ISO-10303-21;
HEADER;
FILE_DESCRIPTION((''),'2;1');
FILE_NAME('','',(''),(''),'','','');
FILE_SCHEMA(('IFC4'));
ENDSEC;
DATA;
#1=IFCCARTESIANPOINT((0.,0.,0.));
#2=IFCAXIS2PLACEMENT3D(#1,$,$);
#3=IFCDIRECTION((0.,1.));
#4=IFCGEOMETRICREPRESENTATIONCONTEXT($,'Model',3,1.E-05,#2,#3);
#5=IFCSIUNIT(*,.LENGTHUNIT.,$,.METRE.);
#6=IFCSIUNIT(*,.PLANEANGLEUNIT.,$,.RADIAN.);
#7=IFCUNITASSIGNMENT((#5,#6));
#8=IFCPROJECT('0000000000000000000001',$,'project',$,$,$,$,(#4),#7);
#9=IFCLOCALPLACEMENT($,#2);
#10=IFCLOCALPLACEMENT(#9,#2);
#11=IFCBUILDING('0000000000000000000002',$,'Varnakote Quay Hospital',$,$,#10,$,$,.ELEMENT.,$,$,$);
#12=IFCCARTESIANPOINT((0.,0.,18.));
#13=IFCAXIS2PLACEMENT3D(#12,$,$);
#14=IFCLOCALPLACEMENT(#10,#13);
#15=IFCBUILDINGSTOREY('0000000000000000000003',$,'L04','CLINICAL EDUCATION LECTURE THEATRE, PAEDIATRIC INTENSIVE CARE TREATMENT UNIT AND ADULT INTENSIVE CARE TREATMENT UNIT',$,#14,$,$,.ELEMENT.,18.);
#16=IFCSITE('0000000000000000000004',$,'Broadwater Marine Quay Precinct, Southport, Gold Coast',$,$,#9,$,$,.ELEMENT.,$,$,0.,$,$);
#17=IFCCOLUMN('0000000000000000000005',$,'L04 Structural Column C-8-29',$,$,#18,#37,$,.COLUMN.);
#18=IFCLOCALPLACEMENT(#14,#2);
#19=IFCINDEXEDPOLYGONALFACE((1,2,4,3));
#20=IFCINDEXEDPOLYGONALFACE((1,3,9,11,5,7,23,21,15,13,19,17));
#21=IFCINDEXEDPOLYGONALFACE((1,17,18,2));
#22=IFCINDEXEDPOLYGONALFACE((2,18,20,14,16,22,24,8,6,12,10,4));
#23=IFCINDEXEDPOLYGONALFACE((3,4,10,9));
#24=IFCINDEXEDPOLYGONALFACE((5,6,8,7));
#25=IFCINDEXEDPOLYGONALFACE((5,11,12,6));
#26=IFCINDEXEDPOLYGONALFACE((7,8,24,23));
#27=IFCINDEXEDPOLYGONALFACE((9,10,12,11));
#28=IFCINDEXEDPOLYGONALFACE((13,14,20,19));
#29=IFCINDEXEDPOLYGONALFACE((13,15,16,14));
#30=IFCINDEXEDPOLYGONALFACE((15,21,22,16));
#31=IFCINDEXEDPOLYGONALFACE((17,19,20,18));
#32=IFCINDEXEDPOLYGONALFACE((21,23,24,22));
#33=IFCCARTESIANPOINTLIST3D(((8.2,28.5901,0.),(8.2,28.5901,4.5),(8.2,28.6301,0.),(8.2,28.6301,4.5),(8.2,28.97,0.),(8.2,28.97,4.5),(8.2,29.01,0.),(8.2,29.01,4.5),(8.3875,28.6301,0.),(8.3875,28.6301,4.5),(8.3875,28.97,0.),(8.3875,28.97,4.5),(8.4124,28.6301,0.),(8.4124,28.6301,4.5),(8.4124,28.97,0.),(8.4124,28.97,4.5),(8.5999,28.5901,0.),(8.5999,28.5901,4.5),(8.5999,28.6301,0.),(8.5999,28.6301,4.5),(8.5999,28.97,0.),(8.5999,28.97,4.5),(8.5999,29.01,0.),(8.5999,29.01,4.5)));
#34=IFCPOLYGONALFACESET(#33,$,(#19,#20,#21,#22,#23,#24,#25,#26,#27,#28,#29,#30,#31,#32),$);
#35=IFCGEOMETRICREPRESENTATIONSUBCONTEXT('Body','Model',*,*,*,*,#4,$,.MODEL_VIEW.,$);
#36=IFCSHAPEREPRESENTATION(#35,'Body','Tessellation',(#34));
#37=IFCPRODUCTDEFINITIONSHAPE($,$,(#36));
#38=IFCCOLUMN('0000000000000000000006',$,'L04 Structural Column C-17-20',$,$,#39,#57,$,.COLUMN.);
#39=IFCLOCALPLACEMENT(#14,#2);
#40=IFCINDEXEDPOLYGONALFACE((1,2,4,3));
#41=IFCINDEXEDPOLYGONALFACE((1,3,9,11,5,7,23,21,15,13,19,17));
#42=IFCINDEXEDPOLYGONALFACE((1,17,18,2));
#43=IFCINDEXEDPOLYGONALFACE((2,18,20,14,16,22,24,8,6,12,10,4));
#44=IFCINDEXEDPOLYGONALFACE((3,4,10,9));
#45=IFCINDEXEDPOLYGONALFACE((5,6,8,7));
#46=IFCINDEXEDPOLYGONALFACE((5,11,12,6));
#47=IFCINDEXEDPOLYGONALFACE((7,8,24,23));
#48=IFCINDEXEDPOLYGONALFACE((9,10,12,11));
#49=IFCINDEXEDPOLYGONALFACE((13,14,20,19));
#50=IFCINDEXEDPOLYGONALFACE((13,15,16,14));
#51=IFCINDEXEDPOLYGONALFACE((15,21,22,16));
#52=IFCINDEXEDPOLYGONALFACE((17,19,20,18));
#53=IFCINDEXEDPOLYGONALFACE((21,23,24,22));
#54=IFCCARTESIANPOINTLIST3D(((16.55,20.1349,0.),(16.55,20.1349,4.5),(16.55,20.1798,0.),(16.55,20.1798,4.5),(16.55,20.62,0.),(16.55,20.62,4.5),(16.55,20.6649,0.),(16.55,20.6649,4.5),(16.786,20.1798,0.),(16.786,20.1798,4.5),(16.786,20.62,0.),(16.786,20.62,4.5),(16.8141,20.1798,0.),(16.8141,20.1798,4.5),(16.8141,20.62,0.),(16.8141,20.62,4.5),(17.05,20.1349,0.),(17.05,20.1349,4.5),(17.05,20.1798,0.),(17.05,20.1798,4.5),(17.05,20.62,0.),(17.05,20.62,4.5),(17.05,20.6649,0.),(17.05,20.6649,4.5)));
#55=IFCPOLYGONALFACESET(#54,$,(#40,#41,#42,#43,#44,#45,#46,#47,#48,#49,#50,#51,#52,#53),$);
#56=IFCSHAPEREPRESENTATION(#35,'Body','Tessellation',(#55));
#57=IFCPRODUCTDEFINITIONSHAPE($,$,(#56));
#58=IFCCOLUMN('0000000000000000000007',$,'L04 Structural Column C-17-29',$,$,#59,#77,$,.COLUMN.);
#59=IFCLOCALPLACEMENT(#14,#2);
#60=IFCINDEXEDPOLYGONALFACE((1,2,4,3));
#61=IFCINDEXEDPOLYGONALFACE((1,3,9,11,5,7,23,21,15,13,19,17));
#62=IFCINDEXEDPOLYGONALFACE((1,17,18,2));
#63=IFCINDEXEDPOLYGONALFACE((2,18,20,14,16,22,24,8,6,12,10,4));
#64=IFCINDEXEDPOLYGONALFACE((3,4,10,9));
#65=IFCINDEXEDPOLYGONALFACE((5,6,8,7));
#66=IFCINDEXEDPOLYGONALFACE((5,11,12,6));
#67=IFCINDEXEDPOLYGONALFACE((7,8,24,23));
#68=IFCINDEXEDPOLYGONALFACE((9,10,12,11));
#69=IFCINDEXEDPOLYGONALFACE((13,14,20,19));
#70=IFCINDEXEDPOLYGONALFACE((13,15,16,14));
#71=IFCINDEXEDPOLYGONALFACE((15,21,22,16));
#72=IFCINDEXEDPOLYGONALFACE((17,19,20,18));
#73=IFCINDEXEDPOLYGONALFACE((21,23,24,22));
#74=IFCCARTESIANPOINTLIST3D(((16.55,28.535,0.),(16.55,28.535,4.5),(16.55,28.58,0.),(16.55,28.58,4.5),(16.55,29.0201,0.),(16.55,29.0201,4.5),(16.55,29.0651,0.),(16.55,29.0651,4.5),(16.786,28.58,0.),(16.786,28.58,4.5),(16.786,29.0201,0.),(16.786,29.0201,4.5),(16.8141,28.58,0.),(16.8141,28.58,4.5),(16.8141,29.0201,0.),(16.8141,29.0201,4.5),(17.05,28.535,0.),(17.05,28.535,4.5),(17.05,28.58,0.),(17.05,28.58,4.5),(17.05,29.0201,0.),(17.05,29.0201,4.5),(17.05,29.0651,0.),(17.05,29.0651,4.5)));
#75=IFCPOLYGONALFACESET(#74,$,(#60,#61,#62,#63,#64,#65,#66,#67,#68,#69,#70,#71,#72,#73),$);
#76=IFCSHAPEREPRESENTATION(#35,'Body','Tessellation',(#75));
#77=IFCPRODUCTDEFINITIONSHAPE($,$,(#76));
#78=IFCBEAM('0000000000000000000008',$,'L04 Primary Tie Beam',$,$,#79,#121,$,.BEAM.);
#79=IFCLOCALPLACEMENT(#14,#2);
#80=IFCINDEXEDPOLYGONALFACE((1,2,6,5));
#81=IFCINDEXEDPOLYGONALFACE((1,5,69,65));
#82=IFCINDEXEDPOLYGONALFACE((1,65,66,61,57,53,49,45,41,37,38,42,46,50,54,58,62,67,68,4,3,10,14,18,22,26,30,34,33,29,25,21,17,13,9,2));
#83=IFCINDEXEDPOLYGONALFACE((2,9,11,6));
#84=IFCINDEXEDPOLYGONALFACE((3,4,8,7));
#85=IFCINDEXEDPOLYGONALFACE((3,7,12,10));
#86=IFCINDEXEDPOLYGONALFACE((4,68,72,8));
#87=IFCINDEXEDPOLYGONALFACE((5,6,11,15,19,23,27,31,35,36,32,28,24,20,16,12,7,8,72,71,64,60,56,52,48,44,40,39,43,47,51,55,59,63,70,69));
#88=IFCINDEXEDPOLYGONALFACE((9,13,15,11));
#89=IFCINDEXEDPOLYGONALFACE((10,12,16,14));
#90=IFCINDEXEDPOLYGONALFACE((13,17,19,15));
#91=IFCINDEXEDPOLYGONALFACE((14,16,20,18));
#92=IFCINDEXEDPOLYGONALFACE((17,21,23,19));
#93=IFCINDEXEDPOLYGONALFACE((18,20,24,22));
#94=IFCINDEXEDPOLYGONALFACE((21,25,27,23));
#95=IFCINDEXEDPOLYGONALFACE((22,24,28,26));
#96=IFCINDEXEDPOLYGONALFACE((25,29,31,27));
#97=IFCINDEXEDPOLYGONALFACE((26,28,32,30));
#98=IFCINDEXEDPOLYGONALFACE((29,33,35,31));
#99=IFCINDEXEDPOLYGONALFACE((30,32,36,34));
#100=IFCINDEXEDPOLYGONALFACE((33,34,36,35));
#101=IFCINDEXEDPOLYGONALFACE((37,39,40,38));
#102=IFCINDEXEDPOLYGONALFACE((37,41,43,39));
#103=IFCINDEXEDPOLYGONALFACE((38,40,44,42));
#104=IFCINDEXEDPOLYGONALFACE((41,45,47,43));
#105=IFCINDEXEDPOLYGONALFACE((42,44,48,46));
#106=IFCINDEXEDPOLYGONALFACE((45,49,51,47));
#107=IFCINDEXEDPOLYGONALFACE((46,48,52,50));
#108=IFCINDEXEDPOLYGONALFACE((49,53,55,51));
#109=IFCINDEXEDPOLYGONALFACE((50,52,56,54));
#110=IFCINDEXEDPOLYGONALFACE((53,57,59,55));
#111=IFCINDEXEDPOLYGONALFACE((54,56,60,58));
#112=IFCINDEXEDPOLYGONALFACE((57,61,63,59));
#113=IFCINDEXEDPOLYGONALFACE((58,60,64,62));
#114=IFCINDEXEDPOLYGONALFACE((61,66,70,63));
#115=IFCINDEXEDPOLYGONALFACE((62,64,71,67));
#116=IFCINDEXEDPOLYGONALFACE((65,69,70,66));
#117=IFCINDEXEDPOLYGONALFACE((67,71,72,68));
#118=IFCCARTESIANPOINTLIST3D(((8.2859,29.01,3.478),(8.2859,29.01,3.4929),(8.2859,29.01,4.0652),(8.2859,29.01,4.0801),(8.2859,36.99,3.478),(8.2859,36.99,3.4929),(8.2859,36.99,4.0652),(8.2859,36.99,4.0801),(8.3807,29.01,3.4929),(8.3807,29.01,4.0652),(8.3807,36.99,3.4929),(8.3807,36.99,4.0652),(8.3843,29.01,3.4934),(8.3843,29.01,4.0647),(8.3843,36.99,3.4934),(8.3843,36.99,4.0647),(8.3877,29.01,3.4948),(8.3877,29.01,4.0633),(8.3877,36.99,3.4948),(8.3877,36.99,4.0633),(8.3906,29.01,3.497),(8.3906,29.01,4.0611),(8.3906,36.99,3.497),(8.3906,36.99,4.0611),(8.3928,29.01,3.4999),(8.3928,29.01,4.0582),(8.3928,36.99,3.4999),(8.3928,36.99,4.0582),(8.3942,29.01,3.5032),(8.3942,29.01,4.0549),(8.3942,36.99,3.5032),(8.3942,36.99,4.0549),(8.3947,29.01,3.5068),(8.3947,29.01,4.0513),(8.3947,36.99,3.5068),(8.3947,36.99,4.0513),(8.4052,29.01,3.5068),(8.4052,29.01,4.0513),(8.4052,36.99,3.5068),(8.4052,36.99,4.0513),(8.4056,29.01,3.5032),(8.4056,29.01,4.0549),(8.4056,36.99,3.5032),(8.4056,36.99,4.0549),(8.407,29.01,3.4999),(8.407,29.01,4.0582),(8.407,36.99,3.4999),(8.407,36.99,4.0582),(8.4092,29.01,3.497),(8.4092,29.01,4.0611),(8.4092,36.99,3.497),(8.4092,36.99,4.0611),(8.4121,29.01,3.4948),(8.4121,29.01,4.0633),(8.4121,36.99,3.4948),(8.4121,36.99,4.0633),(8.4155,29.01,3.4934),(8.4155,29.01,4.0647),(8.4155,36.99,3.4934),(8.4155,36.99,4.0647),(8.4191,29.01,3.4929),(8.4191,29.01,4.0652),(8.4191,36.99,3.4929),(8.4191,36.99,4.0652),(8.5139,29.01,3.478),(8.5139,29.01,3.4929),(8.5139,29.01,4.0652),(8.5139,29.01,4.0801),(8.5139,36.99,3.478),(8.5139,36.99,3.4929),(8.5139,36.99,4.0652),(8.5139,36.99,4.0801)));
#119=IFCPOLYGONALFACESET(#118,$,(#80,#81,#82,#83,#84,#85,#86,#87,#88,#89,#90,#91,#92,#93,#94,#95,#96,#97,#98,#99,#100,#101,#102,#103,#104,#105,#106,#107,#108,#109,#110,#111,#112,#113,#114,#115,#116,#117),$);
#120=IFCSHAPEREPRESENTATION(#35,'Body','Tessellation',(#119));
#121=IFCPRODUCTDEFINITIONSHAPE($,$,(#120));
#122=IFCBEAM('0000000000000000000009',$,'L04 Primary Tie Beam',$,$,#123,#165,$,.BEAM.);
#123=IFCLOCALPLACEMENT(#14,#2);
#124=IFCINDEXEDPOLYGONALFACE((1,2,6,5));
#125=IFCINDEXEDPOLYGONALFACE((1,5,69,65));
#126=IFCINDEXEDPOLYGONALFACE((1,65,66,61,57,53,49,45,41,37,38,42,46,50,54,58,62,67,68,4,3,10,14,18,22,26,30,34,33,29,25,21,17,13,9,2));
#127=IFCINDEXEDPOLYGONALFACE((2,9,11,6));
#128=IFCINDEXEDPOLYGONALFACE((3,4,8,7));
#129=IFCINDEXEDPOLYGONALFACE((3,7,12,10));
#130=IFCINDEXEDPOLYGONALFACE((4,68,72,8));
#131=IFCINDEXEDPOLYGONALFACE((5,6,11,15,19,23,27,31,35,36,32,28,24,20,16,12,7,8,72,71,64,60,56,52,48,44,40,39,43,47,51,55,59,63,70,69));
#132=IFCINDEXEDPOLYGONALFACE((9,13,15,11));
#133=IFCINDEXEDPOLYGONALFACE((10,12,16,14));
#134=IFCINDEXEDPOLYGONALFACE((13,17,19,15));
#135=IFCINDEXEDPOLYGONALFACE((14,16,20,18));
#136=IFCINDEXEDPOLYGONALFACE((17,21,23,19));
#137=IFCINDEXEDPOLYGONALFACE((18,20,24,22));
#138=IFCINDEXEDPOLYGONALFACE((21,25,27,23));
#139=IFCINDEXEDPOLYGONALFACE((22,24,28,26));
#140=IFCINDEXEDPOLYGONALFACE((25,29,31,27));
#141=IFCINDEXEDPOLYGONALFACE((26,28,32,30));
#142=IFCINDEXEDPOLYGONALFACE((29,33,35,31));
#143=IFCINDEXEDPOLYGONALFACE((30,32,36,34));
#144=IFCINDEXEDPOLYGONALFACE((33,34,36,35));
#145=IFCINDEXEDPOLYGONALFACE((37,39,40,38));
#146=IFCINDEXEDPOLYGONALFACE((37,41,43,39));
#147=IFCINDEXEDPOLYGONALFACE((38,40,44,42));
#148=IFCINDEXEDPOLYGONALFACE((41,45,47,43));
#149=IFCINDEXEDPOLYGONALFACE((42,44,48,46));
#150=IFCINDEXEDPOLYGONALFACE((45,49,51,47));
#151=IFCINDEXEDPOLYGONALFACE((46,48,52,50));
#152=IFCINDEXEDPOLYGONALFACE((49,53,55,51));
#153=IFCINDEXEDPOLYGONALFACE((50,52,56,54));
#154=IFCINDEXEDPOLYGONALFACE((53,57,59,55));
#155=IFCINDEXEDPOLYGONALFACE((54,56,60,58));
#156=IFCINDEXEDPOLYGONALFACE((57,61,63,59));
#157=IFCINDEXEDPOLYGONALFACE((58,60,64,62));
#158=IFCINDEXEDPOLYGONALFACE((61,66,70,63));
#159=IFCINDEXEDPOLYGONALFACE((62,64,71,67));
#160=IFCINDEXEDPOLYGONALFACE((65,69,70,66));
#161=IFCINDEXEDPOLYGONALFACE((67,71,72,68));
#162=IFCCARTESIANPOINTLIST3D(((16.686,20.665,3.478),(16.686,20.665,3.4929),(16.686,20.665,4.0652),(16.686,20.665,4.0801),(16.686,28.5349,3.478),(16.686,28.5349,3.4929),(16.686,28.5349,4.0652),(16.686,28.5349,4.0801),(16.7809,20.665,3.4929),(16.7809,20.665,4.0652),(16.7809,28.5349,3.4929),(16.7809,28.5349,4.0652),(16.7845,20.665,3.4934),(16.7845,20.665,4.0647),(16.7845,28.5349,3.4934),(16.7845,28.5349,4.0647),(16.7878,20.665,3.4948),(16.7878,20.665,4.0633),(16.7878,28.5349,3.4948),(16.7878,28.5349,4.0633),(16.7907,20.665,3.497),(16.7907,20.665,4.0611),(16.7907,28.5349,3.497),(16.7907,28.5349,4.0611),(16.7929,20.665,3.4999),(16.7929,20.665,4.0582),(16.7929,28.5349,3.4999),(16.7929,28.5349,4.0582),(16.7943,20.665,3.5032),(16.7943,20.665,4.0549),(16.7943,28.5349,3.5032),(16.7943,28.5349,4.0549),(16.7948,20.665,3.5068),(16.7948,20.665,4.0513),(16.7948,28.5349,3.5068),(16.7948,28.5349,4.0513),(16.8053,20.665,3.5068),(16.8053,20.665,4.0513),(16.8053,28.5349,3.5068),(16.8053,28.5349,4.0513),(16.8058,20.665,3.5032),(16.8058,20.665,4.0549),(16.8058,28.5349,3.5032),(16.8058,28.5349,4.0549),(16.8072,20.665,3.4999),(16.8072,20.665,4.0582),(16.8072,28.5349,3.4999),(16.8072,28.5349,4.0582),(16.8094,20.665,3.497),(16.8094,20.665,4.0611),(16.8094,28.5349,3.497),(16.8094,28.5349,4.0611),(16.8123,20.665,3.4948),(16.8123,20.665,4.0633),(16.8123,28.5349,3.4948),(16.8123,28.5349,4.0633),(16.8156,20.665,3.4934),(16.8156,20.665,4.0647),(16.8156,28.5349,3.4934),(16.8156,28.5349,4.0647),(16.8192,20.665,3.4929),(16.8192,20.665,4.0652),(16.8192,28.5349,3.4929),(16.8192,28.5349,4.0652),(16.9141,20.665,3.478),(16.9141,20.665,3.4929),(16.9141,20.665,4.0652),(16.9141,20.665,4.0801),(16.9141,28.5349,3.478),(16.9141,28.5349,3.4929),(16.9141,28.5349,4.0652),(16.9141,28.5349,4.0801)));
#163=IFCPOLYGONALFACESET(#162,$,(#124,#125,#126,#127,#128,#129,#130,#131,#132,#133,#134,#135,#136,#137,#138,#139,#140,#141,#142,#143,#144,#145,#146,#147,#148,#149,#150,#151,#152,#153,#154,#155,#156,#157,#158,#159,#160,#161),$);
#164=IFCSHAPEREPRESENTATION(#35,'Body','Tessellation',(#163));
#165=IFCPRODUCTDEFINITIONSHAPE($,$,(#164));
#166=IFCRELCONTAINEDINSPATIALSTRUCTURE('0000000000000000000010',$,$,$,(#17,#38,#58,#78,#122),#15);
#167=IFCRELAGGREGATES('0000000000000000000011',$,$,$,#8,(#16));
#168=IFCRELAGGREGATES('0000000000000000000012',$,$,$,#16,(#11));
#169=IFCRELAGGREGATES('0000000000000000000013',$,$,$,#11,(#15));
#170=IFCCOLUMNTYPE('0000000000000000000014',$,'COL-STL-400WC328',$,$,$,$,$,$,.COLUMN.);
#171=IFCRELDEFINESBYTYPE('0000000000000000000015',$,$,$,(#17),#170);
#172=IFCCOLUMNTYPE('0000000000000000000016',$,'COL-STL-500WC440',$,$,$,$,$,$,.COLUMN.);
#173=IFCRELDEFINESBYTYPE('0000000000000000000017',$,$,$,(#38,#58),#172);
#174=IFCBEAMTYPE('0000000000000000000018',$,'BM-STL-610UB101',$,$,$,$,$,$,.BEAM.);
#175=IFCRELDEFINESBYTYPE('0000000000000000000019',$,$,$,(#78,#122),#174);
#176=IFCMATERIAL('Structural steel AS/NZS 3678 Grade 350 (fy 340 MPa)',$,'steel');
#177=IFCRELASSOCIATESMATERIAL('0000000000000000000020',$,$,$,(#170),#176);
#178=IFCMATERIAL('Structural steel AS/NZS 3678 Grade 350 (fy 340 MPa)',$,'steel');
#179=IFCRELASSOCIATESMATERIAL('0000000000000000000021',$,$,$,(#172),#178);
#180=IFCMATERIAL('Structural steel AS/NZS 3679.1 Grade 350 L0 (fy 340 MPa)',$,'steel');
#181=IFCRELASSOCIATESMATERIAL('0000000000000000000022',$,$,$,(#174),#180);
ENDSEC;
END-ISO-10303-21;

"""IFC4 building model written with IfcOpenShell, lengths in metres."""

from ifc_helpers import new_model, si_unit, direction, frame, origin, origin_2d, place, context, subcontext, project, spatial, i_section, extrude, material, material_profile, profile_set, type_object, element, save


model = new_model("IFC4")

# Units and contexts
model_context = context("Model", 3, precision=1e-05, world=origin(), true_north=direction((0.0, 1.0)))
body_context = subcontext(model_context, "Body", "Model", "MODEL_VIEW")
ifc_project = project(units=[si_unit("LENGTHUNIT", "METRE"), si_unit("PLANEANGLEUNIT", "RADIAN")], contexts=[model_context])

# Site, building, storey
site_placement = place(None, origin())
site = spatial("IfcSite", under=ifc_project, at=site_placement, Name="Broadwater Marine Quay Precinct, Southport, Gold Coast", CompositionType="ELEMENT", RefElevation=0.0)
building_placement = place(site_placement, origin())
building = spatial("IfcBuilding", under=site, at=building_placement, Name="Varnakote Quay Hospital", CompositionType="ELEMENT")
storey_placement = place(building_placement, frame((0.0, 0.0, 18.0)))
storey = spatial("IfcBuildingStorey", under=building, at=storey_placement, Name="L04", Description="CLINICAL EDUCATION LECTURE THEATRE, PAEDIATRIC INTENSIVE CARE TREATMENT UNIT AND ADULT INTENSIVE CARE TREATMENT UNIT", CompositionType="ELEMENT", Elevation=18.0)

# Columns
ifc_material_1 = material(Name="Structural steel AS/NZS 3678 Grade 350 (fy 340 MPa)", Category="steel")
ifc_material_profile_1 = material_profile(ifc_material_1, i_section(OverallWidth=0.3999, OverallDepth=0.4199, WebThickness=0.0249, FlangeThickness=0.04, at=origin_2d()), Name="400WC328")
ifc_profile_set_1 = profile_set([ifc_material_profile_1], Name="Structural steel AS/NZS 3678 Grade 350 (fy 340 MPa)")
column_type_1 = type_object("IfcColumnType", Name="COL-STL-400WC328", PredefinedType="COLUMN", material=ifc_profile_set_1)
column_placement = place(storey_placement, frame((8.3999, 28.8, 0.0), z_axis=(0.0, 0.0, 1.0), x_axis=(1.0, 0.0, 0.0)))
element("IfcColumn", 1, at=column_placement, inside=storey, type_object=column_type_1, Name="L04 Structural Column C-8-29", PredefinedType="COLUMN", context=body_context, shape_type="SweptSolid", body=[
    extrude(i_section(OverallWidth=0.3999, OverallDepth=0.4199, WebThickness=0.0249, FlangeThickness=0.04, at=origin_2d()), origin(), (0.0, 0.0, 1.0), 4.5),
])
ifc_material_2 = material(Name="Structural steel AS/NZS 3678 Grade 350 (fy 340 MPa)", Category="steel")
ifc_material_profile_2 = material_profile(ifc_material_2, i_section(OverallWidth=0.5, OverallDepth=0.53, WebThickness=0.0281, FlangeThickness=0.0449, at=origin_2d()), Name="500WC440")
ifc_profile_set_2 = profile_set([ifc_material_profile_2], Name="Structural steel AS/NZS 3678 Grade 350 (fy 340 MPa)")
column_type_2 = type_object("IfcColumnType", Name="COL-STL-500WC440", PredefinedType="COLUMN", material=ifc_profile_set_2)
for number, where, z_axis, x_axis, name in (
    (2, (16.8, 20.3999, 0.0), (0.0, 0.0, 1.0), (1.0, 0.0, 0.0), "L04 Structural Column C-17-20"),
    (3, (16.8, 28.8, 0.0), (0.0, 0.0, 1.0), (1.0, 0.0, 0.0), "L04 Structural Column C-17-29"),
):
    element("IfcColumn", number, at=place(storey_placement, frame(where, z_axis=z_axis, x_axis=x_axis)), inside=storey, type_object=column_type_2, Name=name, PredefinedType="COLUMN", context=body_context, shape_type="SweptSolid", body=[
        extrude(i_section(OverallWidth=0.5, OverallDepth=0.53, WebThickness=0.0281, FlangeThickness=0.0449, at=origin_2d()), origin(), (0.0, 0.0, 1.0), 4.5),
    ])

# Beams
ifc_material_3 = material(Name="Structural steel AS/NZS 3679.1 Grade 350 L0 (fy 340 MPa)", Category="steel")
ifc_material_profile_3 = material_profile(ifc_material_3, i_section(OverallWidth=0.228, OverallDepth=0.6021, WebThickness=0.0105, FlangeThickness=0.0149, FilletRadius=0.0139, at=origin_2d()), Name="610UB101")
ifc_profile_set_3 = profile_set([ifc_material_profile_3], Name="Structural steel AS/NZS 3679.1 Grade 350 L0 (fy 340 MPa)")
beam_type_1 = type_object("IfcBeamType", Name="BM-STL-610UB101", PredefinedType="BEAM", material=ifc_profile_set_3)
beam_1_placement = place(storey_placement, frame((8.3999, 29.01, 3.7791), z_axis=(0.0, 1.0, 0.0), x_axis=(-1.0, 0.0, 0.0)))
element("IfcBeam", 4, at=beam_1_placement, inside=storey, type_object=beam_type_1, Name="L04 Primary Tie Beam", PredefinedType="BEAM", context=body_context, shape_type="SweptSolid", body=[
    extrude(i_section(OverallWidth=0.228, OverallDepth=0.6021, WebThickness=0.0105, FlangeThickness=0.0149, FilletRadius=0.0139, at=origin_2d()), origin(), (0.0, 0.0, 1.0), 7.98),
])
beam_2_placement = place(storey_placement, frame((16.8, 20.665, 3.7791), z_axis=(0.0, 1.0, 0.0), x_axis=(-1.0, 0.0, 0.0)))
element("IfcBeam", 5, at=beam_2_placement, inside=storey, type_object=beam_type_1, Name="L04 Primary Tie Beam", PredefinedType="BEAM", context=body_context, shape_type="SweptSolid", body=[
    extrude(i_section(OverallWidth=0.228, OverallDepth=0.6021, WebThickness=0.0105, FlangeThickness=0.0149, FilletRadius=0.0139, at=origin_2d()), origin(), (0.0, 0.0, 1.0), 7.8699),
])

save(model, "model.ifc")
